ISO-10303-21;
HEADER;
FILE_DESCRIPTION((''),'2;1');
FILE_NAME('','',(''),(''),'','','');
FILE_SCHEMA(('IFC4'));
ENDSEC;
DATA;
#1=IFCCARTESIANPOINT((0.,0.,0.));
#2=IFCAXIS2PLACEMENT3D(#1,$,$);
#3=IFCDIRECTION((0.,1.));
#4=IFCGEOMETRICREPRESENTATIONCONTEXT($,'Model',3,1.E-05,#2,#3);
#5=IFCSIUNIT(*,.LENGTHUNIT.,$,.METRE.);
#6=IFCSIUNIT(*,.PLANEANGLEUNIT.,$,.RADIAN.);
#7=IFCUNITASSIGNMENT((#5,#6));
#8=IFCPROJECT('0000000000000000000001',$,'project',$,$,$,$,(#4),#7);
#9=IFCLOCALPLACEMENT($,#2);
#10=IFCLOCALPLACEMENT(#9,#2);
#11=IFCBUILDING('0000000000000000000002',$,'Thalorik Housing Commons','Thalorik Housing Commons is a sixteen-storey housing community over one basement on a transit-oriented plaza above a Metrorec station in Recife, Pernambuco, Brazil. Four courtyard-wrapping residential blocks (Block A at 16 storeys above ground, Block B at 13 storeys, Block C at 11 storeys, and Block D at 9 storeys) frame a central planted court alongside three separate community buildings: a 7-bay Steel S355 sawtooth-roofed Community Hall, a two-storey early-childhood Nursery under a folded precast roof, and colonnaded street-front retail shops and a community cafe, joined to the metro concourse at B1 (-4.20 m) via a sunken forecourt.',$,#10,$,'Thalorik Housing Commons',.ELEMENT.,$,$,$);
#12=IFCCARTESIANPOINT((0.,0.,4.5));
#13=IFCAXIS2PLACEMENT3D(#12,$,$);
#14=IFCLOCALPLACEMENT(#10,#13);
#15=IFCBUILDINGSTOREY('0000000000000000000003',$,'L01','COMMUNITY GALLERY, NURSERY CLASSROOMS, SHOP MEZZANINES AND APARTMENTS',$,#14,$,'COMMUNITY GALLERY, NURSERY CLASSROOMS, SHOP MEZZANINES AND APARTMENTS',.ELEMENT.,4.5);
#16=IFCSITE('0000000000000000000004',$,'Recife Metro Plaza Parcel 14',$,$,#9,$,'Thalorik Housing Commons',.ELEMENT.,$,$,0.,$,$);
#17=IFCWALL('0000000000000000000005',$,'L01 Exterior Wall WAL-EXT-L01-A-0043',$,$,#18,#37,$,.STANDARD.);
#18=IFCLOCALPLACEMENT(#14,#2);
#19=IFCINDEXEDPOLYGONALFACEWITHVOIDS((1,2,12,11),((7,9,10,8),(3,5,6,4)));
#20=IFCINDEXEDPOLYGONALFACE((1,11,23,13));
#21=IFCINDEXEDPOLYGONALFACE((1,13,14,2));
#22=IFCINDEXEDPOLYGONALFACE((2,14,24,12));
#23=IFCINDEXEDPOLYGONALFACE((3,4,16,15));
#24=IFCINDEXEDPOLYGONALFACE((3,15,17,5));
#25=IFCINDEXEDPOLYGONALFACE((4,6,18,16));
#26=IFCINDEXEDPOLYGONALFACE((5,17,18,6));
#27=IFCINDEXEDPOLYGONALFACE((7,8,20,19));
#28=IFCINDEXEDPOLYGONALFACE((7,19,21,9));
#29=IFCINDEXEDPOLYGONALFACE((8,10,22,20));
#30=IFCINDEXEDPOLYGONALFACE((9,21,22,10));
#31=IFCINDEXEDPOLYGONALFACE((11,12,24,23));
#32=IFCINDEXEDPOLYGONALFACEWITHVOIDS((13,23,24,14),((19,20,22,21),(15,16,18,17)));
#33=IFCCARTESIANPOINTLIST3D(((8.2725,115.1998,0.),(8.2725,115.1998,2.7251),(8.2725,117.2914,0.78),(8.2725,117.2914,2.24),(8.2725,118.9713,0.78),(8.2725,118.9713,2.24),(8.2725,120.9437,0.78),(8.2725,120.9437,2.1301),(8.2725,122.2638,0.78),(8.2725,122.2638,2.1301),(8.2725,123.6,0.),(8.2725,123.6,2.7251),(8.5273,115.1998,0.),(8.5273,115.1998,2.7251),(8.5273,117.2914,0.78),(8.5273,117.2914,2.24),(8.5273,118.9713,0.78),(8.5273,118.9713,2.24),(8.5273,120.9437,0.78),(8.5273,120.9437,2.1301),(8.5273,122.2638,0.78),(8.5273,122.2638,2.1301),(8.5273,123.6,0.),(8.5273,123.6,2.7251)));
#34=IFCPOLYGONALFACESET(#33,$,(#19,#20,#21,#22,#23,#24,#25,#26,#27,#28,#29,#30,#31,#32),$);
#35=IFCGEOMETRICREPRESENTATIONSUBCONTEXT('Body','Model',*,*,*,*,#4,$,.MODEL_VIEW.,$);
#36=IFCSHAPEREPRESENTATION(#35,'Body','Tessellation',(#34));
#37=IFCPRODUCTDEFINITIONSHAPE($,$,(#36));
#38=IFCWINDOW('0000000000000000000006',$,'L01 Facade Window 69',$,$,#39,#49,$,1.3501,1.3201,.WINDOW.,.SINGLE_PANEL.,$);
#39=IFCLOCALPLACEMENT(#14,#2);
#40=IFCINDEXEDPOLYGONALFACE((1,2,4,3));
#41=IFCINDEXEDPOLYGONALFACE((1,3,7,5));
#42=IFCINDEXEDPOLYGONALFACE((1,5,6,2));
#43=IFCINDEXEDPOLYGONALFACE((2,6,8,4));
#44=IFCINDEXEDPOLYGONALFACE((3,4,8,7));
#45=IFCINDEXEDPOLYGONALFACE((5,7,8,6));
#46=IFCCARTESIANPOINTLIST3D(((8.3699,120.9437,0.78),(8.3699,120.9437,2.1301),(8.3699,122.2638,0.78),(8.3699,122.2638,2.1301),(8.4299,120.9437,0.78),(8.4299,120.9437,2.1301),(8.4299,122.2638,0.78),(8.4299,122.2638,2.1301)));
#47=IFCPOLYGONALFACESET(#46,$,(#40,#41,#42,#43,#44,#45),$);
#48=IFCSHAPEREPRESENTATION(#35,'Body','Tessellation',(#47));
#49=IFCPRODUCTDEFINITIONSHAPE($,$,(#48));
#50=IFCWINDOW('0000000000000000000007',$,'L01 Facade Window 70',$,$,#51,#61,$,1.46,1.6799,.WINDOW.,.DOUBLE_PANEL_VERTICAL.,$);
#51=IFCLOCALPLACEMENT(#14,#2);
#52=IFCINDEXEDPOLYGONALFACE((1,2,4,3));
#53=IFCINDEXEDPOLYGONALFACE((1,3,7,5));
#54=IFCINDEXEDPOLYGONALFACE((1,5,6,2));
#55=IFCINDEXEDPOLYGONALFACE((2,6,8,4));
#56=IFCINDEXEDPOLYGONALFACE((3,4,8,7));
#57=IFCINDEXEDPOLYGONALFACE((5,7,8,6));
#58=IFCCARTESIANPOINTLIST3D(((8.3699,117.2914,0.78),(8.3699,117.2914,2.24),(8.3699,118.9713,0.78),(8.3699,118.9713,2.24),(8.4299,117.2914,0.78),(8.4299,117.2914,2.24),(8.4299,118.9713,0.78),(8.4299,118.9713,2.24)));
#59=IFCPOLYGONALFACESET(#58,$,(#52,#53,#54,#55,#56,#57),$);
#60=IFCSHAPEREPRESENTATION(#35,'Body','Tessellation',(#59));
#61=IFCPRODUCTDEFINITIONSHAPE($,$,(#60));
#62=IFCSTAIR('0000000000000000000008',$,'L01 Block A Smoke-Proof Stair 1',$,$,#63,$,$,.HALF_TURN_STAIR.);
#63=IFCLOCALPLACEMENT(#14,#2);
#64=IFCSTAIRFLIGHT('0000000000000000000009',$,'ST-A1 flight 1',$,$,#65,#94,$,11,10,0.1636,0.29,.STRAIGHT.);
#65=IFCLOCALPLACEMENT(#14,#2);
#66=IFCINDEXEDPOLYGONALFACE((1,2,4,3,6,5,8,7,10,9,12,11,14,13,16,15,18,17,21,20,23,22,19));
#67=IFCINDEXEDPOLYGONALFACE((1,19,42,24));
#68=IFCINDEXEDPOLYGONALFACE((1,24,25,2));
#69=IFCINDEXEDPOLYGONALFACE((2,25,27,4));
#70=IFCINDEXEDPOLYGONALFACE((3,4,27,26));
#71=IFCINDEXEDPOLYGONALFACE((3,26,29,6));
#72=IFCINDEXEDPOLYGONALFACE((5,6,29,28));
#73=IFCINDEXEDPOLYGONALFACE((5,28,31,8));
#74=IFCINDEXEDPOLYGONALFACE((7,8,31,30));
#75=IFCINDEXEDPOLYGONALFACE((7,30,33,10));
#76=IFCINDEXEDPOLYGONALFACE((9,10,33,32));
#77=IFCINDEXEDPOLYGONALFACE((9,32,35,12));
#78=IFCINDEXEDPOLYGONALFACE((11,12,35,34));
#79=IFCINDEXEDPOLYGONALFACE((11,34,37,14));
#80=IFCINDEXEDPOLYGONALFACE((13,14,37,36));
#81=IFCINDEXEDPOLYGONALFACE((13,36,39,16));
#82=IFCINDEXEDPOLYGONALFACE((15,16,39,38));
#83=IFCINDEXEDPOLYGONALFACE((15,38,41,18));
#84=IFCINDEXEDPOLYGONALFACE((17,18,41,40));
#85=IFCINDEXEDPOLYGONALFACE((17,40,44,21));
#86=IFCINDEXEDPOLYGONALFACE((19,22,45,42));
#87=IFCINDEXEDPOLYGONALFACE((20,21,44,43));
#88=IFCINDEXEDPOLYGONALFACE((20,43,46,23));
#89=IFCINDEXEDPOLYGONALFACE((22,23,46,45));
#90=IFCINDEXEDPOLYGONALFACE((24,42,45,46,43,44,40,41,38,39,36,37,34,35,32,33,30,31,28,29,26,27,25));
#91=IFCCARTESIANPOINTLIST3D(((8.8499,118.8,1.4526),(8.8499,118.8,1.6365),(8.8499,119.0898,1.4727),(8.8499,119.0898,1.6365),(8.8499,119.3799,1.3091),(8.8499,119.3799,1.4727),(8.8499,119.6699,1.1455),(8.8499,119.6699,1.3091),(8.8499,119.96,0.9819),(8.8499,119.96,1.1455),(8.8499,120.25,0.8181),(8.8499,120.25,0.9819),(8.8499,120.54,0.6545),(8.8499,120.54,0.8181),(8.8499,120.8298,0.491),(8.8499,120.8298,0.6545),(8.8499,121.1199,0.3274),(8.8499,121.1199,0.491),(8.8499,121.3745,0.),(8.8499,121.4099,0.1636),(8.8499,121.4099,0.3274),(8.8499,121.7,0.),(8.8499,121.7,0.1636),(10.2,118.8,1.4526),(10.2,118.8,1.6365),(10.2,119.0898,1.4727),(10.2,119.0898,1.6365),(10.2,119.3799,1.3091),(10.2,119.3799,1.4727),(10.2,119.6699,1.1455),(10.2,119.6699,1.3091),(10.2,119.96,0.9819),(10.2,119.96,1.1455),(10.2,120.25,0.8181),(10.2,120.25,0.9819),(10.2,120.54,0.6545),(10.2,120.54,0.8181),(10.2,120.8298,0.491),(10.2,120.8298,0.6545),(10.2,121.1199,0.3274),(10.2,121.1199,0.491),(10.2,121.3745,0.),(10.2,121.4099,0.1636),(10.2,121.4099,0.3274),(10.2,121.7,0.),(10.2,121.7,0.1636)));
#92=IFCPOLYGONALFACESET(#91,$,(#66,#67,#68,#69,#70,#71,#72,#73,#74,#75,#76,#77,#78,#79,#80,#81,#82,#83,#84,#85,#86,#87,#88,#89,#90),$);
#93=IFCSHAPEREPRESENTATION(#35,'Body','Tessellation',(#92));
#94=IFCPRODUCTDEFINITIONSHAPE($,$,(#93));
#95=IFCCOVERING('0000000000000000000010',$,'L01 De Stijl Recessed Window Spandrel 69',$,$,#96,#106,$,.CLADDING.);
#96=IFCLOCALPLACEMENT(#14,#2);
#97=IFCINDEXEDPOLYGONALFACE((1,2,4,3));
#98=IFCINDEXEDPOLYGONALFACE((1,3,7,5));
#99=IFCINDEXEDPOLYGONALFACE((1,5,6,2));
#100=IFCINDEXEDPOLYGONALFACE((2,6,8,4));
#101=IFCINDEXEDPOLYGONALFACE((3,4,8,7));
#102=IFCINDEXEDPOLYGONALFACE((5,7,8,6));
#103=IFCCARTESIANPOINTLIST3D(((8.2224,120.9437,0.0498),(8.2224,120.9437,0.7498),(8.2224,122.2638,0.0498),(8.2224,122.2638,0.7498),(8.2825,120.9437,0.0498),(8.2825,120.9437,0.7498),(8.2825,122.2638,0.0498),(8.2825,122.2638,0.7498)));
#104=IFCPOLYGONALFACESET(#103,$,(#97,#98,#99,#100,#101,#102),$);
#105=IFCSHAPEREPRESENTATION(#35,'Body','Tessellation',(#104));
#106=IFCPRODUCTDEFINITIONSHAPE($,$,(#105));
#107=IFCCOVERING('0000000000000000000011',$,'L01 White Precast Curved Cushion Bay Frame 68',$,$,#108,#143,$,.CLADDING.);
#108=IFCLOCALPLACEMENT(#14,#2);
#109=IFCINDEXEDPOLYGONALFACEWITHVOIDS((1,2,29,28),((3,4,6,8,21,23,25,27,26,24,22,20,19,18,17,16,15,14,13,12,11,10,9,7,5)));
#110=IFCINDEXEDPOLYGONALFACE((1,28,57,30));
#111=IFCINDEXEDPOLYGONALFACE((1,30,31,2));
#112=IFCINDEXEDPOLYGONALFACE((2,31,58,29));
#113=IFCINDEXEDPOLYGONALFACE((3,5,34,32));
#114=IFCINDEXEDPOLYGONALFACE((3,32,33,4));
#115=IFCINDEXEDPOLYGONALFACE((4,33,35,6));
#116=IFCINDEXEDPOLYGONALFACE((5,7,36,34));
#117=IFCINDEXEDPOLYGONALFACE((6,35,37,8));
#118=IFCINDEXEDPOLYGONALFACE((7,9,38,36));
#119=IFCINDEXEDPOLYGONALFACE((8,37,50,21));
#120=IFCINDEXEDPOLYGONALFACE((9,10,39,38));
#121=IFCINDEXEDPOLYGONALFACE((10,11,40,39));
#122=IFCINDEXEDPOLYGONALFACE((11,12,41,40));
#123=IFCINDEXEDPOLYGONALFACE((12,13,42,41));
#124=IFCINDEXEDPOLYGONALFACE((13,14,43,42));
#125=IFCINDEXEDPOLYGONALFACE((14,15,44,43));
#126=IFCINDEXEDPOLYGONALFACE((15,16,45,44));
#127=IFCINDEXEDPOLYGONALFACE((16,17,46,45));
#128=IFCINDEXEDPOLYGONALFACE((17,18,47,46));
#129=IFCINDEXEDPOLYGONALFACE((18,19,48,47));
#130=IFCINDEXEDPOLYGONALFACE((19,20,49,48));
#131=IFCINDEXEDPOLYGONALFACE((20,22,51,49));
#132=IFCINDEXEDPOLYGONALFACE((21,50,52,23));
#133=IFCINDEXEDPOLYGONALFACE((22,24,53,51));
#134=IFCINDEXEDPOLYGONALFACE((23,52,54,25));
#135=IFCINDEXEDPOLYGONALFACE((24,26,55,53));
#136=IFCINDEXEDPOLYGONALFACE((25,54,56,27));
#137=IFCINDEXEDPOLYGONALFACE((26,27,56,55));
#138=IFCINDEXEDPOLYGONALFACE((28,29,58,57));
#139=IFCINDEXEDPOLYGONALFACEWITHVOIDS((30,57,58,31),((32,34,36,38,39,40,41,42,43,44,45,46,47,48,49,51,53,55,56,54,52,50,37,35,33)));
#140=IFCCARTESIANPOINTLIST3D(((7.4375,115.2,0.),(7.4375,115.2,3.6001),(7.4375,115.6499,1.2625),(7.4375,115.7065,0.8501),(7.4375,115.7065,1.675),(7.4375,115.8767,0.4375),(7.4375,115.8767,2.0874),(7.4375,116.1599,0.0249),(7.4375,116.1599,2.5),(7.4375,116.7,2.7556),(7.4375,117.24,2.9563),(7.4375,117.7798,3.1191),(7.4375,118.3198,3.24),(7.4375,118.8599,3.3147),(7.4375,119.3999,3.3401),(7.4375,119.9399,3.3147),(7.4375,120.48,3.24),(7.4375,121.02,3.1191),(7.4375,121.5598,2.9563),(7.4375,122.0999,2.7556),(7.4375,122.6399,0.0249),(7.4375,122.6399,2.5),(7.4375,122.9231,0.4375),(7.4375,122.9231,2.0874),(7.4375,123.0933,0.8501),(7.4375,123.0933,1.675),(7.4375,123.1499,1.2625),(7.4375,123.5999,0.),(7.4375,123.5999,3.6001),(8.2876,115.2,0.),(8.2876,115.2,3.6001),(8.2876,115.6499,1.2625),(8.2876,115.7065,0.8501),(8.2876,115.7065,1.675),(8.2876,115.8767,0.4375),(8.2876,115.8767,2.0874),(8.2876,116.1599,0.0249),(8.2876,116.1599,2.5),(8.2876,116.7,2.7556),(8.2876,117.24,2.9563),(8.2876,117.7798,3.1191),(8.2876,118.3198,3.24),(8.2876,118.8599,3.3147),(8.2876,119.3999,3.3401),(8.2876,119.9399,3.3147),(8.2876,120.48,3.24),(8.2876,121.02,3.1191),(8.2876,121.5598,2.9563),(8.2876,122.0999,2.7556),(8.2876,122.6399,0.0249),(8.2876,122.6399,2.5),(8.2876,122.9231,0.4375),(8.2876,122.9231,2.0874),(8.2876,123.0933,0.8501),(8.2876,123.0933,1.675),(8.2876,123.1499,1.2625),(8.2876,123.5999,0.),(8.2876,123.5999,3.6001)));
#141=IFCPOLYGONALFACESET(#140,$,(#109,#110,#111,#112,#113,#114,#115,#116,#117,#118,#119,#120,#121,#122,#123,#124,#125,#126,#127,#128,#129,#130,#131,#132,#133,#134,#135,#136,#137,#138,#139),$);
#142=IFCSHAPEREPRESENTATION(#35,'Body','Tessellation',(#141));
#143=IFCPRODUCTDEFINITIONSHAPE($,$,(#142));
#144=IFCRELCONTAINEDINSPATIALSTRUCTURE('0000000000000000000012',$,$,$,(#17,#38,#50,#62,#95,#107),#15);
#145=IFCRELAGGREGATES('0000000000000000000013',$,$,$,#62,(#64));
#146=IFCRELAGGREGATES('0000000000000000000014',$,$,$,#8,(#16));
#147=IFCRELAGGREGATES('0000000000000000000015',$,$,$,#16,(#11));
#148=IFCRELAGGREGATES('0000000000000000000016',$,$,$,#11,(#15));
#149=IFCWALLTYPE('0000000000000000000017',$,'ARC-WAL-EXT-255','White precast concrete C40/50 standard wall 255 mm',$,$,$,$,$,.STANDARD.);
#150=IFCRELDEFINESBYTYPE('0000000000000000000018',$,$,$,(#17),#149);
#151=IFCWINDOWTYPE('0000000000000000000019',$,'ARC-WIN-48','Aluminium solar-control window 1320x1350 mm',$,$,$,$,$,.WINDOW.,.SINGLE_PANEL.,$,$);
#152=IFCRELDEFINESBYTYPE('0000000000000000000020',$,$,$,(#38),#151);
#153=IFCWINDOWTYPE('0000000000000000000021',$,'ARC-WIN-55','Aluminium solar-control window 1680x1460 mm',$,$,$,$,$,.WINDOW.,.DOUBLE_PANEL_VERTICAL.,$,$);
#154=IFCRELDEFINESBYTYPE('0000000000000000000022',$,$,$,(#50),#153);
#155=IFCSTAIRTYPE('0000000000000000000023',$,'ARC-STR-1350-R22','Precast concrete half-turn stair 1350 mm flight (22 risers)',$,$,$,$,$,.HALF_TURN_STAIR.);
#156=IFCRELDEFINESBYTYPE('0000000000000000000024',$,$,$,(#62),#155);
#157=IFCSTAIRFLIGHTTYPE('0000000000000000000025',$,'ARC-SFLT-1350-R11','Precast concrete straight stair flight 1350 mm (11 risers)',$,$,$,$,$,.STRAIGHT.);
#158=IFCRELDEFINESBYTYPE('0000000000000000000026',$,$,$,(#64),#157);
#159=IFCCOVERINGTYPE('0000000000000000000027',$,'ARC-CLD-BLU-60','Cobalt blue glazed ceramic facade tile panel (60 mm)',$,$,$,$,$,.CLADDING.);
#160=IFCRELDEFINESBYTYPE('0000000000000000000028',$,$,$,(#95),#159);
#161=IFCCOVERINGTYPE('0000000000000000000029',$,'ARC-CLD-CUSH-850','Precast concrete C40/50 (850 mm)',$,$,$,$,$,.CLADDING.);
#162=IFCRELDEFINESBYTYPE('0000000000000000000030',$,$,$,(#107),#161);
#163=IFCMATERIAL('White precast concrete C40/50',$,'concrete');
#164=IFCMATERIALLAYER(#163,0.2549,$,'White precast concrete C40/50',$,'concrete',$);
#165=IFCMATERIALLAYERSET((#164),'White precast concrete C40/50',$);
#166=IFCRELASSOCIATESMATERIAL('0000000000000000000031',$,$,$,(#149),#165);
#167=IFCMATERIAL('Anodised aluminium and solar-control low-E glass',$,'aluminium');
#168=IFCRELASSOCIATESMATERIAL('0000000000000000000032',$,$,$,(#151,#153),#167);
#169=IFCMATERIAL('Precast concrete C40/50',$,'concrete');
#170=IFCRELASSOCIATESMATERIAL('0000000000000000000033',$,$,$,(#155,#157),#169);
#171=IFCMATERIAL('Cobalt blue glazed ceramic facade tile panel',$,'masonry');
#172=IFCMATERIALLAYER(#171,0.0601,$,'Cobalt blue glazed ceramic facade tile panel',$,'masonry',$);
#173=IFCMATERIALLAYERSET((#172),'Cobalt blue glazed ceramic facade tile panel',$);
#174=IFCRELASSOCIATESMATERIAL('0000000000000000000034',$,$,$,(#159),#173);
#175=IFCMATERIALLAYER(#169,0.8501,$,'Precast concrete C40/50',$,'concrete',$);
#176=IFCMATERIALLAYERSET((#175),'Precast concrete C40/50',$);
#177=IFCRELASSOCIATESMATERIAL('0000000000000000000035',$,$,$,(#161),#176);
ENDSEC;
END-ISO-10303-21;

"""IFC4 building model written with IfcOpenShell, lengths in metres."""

from ifc_helpers import new_model, si_unit, direction, frame, frame_2d, origin, origin_2d, place, context, subcontext, project, spatial, polyline, rectangle, outline, extrude, material, layer, layer_set, type_object, element, fill, aggregate, save


model = new_model("IFC4")

# Units and contexts
model_context = context("Model", 3, precision=1e-05, world=origin(), true_north=direction((0.0, 1.0)))
body_context = subcontext(model_context, "Body", "Model", "MODEL_VIEW")
ifc_project = project(units=[si_unit("LENGTHUNIT", "METRE"), si_unit("PLANEANGLEUNIT", "RADIAN")], contexts=[model_context])

# Site, building, storey
site_placement = place(None, origin())
site = spatial("IfcSite", under=ifc_project, at=site_placement, Name="Recife Metro Plaza Parcel 14", LongName="Thalorik Housing Commons", CompositionType="ELEMENT", RefElevation=0.0)
building_placement = place(site_placement, origin())
building = spatial("IfcBuilding", under=site, at=building_placement, Name="Thalorik Housing Commons", Description="Thalorik Housing Commons is a sixteen-storey housing community over one basement on a transit-oriented plaza above a Metrorec station in Recife, Pernambuco, Brazil. Four courtyard-wrapping residential blocks (Block A at 16 storeys above ground, Block B at 13 storeys, Block C at 11 storeys, and Block D at 9 storeys) frame a central planted court alongside three separate community buildings: a 7-bay Steel S355 sawtooth-roofed Community Hall, a two-storey early-childhood Nursery under a folded precast roof, and colonnaded street-front retail shops and a community cafe, joined to the metro concourse at B1 (-4.20 m) via a sunken forecourt.", LongName="Thalorik Housing Commons", CompositionType="ELEMENT")
storey_placement = place(building_placement, frame((0.0, 0.0, 4.5)))
storey = spatial("IfcBuildingStorey", under=building, at=storey_placement, Name="L01", Description="COMMUNITY GALLERY, NURSERY CLASSROOMS, SHOP MEZZANINES AND APARTMENTS", LongName="COMMUNITY GALLERY, NURSERY CLASSROOMS, SHOP MEZZANINES AND APARTMENTS", CompositionType="ELEMENT", Elevation=4.5)

# Shared definitions
ifc_material_1 = material(Name="Precast concrete C40/50", Category="concrete")

# Shared definitions
ifc_material_2 = material(Name="Anodised aluminium and solar-control low-E glass", Category="aluminium")

# Shared definitions
ifc_material_3 = material(Name="White precast concrete C40/50", Category="concrete")
ifc_layer_1 = layer(ifc_material_3, 0.2549, Name="White precast concrete C40/50", Category="concrete")
ifc_layer_set_1 = layer_set([ifc_layer_1], Name="White precast concrete C40/50")
wall_type_1 = type_object("IfcWallType", Name="ARC-WAL-EXT-255", Description="White precast concrete C40/50 standard wall 255 mm", PredefinedType="STANDARD", material=ifc_layer_set_1)

# Wall, openings, windows
wall_1_placement = place(storey_placement, frame((8.3999, 123.6001, 0.0), z_axis=(0.0, 0.0, 1.0), x_axis=(0.0, -1.0, 0.0)))
wall_1 = element("IfcWall", 1, at=wall_1_placement, inside=storey, type_object=wall_type_1, Name="L01 Exterior Wall WAL-EXT-L01-A-0043", PredefinedType="STANDARD", context=body_context, shape_type="SweptSolid", body=[
    extrude(rectangle(XDim=8.4001, YDim=0.2549, at=frame_2d((4.2002, 0.0))), origin(), (0.0, 0.0, 1.0), 2.7251),
])
opening_1_placement = place(wall_1_placement, frame((1.3362, 0.0, 0.78)))
opening_1 = element("IfcOpeningElement", 2, at=opening_1_placement, cuts=wall_1, PredefinedType="OPENING", context=body_context, shape_type="SweptSolid", body=[
    extrude(rectangle(XDim=1.3201, YDim=1.3501, at=frame_2d((0.6602, 0.675))), frame((0.0, 0.1375, 0.0), z_axis=(0.0, -1.0, 0.0), x_axis=(1.0, 0.0, 0.0)), (0.0, 0.0, 1.0), 0.2749),
])
opening_2_placement = place(wall_1_placement, frame((4.6289, 0.0, 0.78)))
opening_2 = element("IfcOpeningElement", 3, at=opening_2_placement, cuts=wall_1, PredefinedType="OPENING", context=body_context, shape_type="SweptSolid", body=[
    extrude(rectangle(XDim=1.6799, YDim=1.46, at=frame_2d((0.8398, 0.73))), frame((0.0, 0.1375, 0.0), z_axis=(0.0, -1.0, 0.0), x_axis=(1.0, 0.0, 0.0)), (0.0, 0.0, 1.0), 0.2749),
])
window_type_1 = type_object("IfcWindowType", Name="ARC-WIN-48", Description="Aluminium solar-control window 1320x1350 mm", PartitioningType="SINGLE_PANEL", PredefinedType="WINDOW", material=ifc_material_2)
window_1_placement = place(opening_1_placement, origin())
window_1 = element("IfcWindow", 4, at=window_1_placement, inside=storey, type_object=window_type_1, Name="L01 Facade Window 69", OverallHeight=1.3501, OverallWidth=1.3201, PartitioningType="SINGLE_PANEL", PredefinedType="WINDOW", context=body_context, shape_type="SweptSolid", body=[
    extrude(rectangle(XDim=1.3201, YDim=1.3501, at=frame_2d((0.6602, 0.675))), frame((0.0, 0.03, 0.0), z_axis=(0.0, -1.0, 0.0), x_axis=(1.0, 0.0, 0.0)), (0.0, 0.0, 1.0), 0.0601),
])
fill(opening_1, window_1)
window_type_2 = type_object("IfcWindowType", Name="ARC-WIN-55", Description="Aluminium solar-control window 1680x1460 mm", PartitioningType="DOUBLE_PANEL_VERTICAL", PredefinedType="WINDOW", material=ifc_material_2)
window_2_placement = place(opening_2_placement, origin())
window_2 = element("IfcWindow", 5, at=window_2_placement, inside=storey, type_object=window_type_2, Name="L01 Facade Window 70", OverallHeight=1.46, OverallWidth=1.6799, PartitioningType="DOUBLE_PANEL_VERTICAL", PredefinedType="WINDOW", context=body_context, shape_type="SweptSolid", body=[
    extrude(rectangle(XDim=1.6799, YDim=1.46, at=frame_2d((0.8398, 0.73))), frame((0.0, 0.03, 0.0), z_axis=(0.0, -1.0, 0.0), x_axis=(1.0, 0.0, 0.0)), (0.0, 0.0, 1.0), 0.0601),
])
fill(opening_2, window_2)

# Stair, stair flight
stair_type = type_object("IfcStairType", Name="ARC-STR-1350-R22", Description="Precast concrete half-turn stair 1350 mm flight (22 risers)", PredefinedType="HALF_TURN_STAIR", material=ifc_material_1)
stair_placement = place(storey_placement, origin())
stair = element("IfcStair", 6, at=stair_placement, inside=storey, type_object=stair_type, Name="L01 Block A Smoke-Proof Stair 1", PredefinedType="HALF_TURN_STAIR")
stair_flight_type = type_object("IfcStairFlightType", Name="ARC-SFLT-1350-R11", Description="Precast concrete straight stair flight 1350 mm (11 risers)", PredefinedType="STRAIGHT", material=ifc_material_1)
stair_flight_placement = place(storey_placement, frame((9.5249, 121.7, 0.0), z_axis=(0.0, 0.0, 1.0), x_axis=(0.0, -1.0, 0.0)))
stair_flight = element("IfcStairFlight", 7, at=stair_flight_placement, type_object=stair_flight_type, Name="ST-A1 flight 1", NumberOfRisers=11, NumberOfTreads=10, PredefinedType="STRAIGHT", RiserHeight=0.1636, TreadLength=0.29, context=body_context, shape_type="SweptSolid", body=[
    extrude(outline(polyline([(0.0, 0.0), (0.0, 0.1636), (0.29, 0.1636), (0.29, 0.3274), (0.5801, 0.3274), (0.5801, 0.491), (0.8701, 0.491), (0.8701, 0.6545), (1.1599, 0.6545), (1.1599, 0.8181), (1.45, 0.8181), (1.45, 0.9819), (1.74, 0.9819), (1.74, 1.1455), (2.03, 1.1455), (2.03, 1.3091), (2.3201, 1.3091), (2.3201, 1.4727), (2.6101, 1.4727), (2.6101, 1.6365), (2.8999, 1.6365), (2.8999, 1.8), (2.8999, 1.4526), (0.3254, 0.0), (0.0, 0.0)])), frame((0.0, 0.675, 0.0), z_axis=(0.0, -1.0, 0.0), x_axis=(1.0, 0.0, 0.0)), (0.0, 0.0, 1.0), 1.3501),
])
aggregate(stair, [stair_flight])

# Coverings
ifc_material_4 = material(Name="Cobalt blue glazed ceramic facade tile panel", Category="masonry")
ifc_layer_2 = layer(ifc_material_4, 0.0601, Name="Cobalt blue glazed ceramic facade tile panel", Category="masonry")
ifc_layer_set_2 = layer_set([ifc_layer_2], Name="Cobalt blue glazed ceramic facade tile panel")
covering_type_1 = type_object("IfcCoveringType", Name="ARC-CLD-BLU-60", Description="Cobalt blue glazed ceramic facade tile panel (60 mm)", PredefinedType="CLADDING", material=ifc_layer_set_2)
covering_1_placement = place(storey_placement, frame((8.2524, 121.6038, 0.0498), z_axis=(0.0, 0.0, 1.0), x_axis=(0.0, -1.0, 0.0)))
element("IfcCovering", 8, at=covering_1_placement, inside=storey, type_object=covering_type_1, Name="L01 De Stijl Recessed Window Spandrel 69", PredefinedType="CLADDING", context=body_context, shape_type="SweptSolid", body=[
    extrude(rectangle(XDim=1.3201, YDim=0.0601, at=origin_2d()), origin(), (0.0, 0.0, 1.0), 0.7),
])
ifc_layer_3 = layer(ifc_material_1, 0.8501, Name="Precast concrete C40/50", Category="concrete")
ifc_layer_set_3 = layer_set([ifc_layer_3], Name="Precast concrete C40/50")
covering_type_2 = type_object("IfcCoveringType", Name="ARC-CLD-CUSH-850", Description="Precast concrete C40/50 (850 mm)", PredefinedType="CLADDING", material=ifc_layer_set_3)
covering_2_placement = place(storey_placement, frame((7.8625, 119.3999, 0.0), z_axis=(0.0, 0.0, 1.0), x_axis=(0.0, -1.0, 0.0)))
element("IfcCovering", 9, at=covering_2_placement, inside=storey, type_object=covering_type_2, Name="L01 White Precast Curved Cushion Bay Frame 68", PredefinedType="CLADDING", context=body_context, shape_type="SweptSolid", body=[
    extrude(outline(polyline([(-4.2, 0.0), (4.2, 0.0), (4.2, 3.6001), (-4.2, 3.6001), (-4.2, 0.0)]), holes=[polyline([(3.24, 0.0249), (3.5232, 0.4375), (3.6934, 0.8501), (3.75, 1.2625), (3.6934, 1.675), (3.5232, 2.0874), (3.24, 2.5), (2.7, 2.7556), (2.1599, 2.9563), (1.6201, 3.1191), (1.0801, 3.24), (0.54, 3.3147), (0.0, 3.3401), (-0.54, 3.3147), (-1.0801, 3.24), (-1.6201, 3.1191), (-2.1599, 2.9563), (-2.7, 2.7556), (-3.24, 2.5), (-3.5232, 2.0874), (-3.6934, 1.675), (-3.75, 1.2625), (-3.6934, 0.8501), (-3.5232, 0.4375), (-3.24, 0.0249), (3.24, 0.0249)])]), frame((0.0, 0.425, 0.0), z_axis=(0.0, -1.0, 0.0), x_axis=(1.0, 0.0, 0.0)), (0.0, 0.0, 1.0), 0.8501),
])

save(model, "model.ifc")
